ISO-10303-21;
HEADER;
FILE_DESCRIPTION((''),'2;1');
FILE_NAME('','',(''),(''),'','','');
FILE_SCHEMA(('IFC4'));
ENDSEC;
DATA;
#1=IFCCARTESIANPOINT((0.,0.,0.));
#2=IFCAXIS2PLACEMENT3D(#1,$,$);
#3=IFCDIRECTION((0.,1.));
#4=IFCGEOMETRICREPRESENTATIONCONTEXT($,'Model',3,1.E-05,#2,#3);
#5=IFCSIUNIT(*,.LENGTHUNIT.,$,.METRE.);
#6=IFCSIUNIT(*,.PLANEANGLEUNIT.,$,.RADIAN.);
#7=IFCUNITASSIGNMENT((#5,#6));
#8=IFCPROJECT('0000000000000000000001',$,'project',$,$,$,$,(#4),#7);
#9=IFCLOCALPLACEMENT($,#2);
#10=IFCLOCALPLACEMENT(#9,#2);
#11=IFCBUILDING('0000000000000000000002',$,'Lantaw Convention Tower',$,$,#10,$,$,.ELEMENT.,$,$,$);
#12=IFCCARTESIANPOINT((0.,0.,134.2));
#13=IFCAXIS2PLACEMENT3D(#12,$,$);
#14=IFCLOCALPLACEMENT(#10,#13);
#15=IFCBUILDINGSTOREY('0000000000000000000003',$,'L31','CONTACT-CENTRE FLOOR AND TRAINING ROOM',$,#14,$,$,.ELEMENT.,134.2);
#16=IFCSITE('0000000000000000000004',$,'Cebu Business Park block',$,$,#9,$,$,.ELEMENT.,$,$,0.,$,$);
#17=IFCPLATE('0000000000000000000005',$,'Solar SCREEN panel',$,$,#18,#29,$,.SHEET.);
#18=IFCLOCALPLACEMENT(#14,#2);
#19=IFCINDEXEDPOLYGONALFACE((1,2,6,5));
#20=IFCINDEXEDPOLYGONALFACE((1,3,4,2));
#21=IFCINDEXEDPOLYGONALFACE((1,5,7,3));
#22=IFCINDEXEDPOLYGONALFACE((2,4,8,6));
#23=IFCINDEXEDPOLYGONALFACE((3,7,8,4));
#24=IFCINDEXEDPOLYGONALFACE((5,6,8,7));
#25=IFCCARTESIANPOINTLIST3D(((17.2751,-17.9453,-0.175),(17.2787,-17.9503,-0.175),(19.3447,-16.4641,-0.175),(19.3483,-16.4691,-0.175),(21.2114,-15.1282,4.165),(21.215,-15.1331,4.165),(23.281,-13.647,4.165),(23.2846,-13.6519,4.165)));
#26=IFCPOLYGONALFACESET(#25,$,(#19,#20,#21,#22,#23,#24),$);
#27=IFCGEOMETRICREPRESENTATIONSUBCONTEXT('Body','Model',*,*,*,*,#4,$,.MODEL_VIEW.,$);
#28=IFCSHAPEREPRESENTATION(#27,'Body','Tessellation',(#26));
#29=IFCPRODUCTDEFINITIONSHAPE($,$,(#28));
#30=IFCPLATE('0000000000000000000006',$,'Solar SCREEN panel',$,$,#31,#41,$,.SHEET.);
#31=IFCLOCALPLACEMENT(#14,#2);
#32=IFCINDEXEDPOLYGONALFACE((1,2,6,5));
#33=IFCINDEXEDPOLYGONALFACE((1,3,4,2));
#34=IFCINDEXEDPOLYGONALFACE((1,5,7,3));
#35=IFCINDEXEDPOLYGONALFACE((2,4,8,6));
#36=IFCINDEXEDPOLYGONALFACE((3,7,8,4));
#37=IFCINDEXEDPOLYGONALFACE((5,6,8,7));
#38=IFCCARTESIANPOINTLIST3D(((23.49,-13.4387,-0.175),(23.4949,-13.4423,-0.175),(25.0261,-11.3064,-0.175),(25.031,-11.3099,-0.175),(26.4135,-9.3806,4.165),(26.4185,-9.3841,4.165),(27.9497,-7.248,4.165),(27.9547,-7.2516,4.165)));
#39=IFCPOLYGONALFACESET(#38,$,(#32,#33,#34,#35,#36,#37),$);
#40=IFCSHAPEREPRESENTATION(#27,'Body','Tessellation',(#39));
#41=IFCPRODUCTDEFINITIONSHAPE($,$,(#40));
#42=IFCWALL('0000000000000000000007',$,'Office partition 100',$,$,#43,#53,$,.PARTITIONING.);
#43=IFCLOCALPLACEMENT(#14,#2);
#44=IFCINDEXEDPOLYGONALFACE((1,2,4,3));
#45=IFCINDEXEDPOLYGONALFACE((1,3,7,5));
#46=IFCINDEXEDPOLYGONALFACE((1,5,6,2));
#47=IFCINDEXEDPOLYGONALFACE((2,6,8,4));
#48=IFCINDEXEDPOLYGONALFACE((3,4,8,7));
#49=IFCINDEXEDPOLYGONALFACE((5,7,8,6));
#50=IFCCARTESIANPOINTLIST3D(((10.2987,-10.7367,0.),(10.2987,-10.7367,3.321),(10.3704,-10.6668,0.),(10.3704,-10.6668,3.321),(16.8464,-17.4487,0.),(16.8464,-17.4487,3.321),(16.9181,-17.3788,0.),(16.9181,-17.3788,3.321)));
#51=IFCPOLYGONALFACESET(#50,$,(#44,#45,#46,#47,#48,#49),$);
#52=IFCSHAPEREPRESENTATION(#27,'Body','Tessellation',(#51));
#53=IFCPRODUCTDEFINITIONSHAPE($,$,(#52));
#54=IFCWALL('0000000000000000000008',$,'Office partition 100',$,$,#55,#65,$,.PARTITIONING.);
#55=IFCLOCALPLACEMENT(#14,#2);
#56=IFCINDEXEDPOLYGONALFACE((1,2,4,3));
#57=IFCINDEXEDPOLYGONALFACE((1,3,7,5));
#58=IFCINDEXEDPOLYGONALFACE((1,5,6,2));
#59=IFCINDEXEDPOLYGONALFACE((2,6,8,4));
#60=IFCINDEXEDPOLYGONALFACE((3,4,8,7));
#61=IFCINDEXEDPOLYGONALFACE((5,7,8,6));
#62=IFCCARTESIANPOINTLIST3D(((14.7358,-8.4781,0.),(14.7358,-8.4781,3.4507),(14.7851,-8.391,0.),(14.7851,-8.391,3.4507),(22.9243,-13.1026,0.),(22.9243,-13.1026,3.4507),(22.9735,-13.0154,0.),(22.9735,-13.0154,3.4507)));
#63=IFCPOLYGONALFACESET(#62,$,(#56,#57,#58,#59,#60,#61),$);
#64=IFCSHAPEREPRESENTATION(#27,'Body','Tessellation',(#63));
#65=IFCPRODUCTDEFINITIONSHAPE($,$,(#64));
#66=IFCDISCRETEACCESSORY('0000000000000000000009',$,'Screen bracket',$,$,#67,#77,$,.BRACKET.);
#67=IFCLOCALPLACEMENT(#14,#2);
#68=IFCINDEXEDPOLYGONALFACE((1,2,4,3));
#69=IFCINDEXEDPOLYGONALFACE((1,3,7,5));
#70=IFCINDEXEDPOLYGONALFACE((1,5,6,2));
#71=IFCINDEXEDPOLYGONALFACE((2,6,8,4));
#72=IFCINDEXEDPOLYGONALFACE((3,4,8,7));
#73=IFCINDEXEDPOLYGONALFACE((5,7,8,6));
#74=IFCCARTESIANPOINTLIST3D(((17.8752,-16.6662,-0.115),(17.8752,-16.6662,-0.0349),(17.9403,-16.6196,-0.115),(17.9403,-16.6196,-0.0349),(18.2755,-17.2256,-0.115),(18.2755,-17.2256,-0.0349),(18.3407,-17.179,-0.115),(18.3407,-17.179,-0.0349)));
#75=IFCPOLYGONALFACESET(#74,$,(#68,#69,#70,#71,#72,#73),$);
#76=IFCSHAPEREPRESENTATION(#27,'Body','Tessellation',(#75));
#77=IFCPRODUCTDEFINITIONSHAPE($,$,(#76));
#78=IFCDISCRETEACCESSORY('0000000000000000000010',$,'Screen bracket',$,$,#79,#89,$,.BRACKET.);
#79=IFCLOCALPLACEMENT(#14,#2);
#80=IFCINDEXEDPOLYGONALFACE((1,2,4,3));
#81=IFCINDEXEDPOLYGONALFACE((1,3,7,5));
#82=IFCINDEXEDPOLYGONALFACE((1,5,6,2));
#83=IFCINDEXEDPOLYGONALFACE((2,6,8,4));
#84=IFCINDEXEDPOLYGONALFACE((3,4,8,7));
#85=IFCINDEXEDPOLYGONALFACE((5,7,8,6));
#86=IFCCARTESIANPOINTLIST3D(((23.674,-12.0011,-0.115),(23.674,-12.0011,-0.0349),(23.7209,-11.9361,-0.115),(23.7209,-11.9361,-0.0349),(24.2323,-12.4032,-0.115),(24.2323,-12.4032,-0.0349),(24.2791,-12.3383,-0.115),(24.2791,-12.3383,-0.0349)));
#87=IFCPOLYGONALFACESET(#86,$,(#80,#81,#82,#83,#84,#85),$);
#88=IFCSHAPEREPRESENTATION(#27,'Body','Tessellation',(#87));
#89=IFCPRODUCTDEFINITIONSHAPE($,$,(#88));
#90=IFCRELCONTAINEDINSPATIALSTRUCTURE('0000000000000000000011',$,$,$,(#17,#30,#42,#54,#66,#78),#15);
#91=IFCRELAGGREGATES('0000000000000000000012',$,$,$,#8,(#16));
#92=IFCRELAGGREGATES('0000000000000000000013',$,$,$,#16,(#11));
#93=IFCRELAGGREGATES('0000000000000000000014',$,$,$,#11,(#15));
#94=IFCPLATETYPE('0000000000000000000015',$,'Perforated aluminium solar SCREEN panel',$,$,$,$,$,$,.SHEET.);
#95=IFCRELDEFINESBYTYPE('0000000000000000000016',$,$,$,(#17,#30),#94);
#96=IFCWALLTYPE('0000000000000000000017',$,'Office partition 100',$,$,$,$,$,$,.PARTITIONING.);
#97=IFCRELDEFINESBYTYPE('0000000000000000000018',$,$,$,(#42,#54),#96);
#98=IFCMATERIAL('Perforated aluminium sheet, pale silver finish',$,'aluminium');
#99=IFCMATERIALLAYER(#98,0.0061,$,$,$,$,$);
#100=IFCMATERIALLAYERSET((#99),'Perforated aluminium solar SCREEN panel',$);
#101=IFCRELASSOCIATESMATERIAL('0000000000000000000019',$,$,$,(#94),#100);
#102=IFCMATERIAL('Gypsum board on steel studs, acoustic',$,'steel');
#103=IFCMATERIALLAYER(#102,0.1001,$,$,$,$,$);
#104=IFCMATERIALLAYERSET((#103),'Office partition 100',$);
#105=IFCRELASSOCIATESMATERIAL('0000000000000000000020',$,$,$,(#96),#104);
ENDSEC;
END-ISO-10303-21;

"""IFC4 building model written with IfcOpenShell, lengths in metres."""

from ifc_helpers import new_model, si_unit, direction, frame, frame_2d, origin, origin_2d, place, context, subcontext, project, spatial, polyline, rectangle, outline, extrude, material, layer, layer_set, type_object, element, save


model = new_model("IFC4")

# Units and contexts
model_context = context("Model", 3, precision=1e-05, world=origin(), true_north=direction((0.0, 1.0)))
body_context = subcontext(model_context, "Body", "Model", "MODEL_VIEW")
ifc_project = project(units=[si_unit("LENGTHUNIT", "METRE"), si_unit("PLANEANGLEUNIT", "RADIAN")], contexts=[model_context])

# Site, building, storey
site_placement = place(None, origin())
site = spatial("IfcSite", under=ifc_project, at=site_placement, Name="Cebu Business Park block", CompositionType="ELEMENT", RefElevation=0.0)
building_placement = place(site_placement, origin())
building = spatial("IfcBuilding", under=site, at=building_placement, Name="Lantaw Convention Tower", CompositionType="ELEMENT")
storey_placement = place(building_placement, frame((0.0, 0.0, 134.2)))
storey = spatial("IfcBuildingStorey", under=building, at=storey_placement, Name="L31", Description="CONTACT-CENTRE FLOOR AND TRAINING ROOM", CompositionType="ELEMENT", Elevation=134.2)

# Plates
ifc_material_1 = material(Name="Perforated aluminium sheet, pale silver finish", Category="aluminium")
ifc_layer_1 = layer(ifc_material_1, 0.0061)
ifc_layer_set_1 = layer_set([ifc_layer_1], Name="Perforated aluminium solar SCREEN panel")
plate_type_1 = type_object("IfcPlateType", Name="Perforated aluminium solar SCREEN panel", PredefinedType="SHEET", material=ifc_layer_set_1)
plate_1_placement = place(storey_placement, frame((17.2751, -17.9453, -0.175), z_axis=(-0.582, 0.813189, 0.000012), x_axis=(0.813189, 0.582, 0.0)))
element("IfcPlate", 1, at=plate_1_placement, inside=storey, type_object=plate_type_1, Name="Solar SCREEN panel", PredefinedType="SHEET", context=body_context, shape_type="SweptSolid", body=[
    extrude(outline(polyline([(0.0, 0.0), (2.545, 0.0), (7.3855, -4.3401), (4.8405, -4.3401), (0.0, 0.0)])), origin(), (0.0, 0.0, -1.0), 0.0061),
])
plate_2_placement = place(storey_placement, frame((23.49, -13.4387, -0.175), z_axis=(-0.811395, 0.584498, 0.000036), x_axis=(0.584498, 0.811395, 0.0)))
element("IfcPlate", 2, at=plate_2_placement, inside=storey, type_object=plate_type_1, Name="Solar SCREEN panel", PredefinedType="SHEET", context=body_context, shape_type="SweptSolid", body=[
    extrude(outline(polyline([(0.0, 0.0), (2.628, 0.0), (7.6298, -4.3401), (5.0016, -4.3401), (0.0, 0.0)])), origin(), (0.0, 0.0, -1.0), 0.0061),
])

# Walls
ifc_material_2 = material(Name="Gypsum board on steel studs, acoustic", Category="steel")
ifc_layer_2 = layer(ifc_material_2, 0.1001)
ifc_layer_set_2 = layer_set([ifc_layer_2], Name="Office partition 100")
wall_type = type_object("IfcWallType", Name="Office partition 100", PredefinedType="PARTITIONING", material=ifc_layer_set_2)
wall_1_placement = place(storey_placement, frame((16.8823, -17.4138, 0.0), z_axis=(0.0, 0.0, 1.0), x_axis=(-0.698291, 0.715814, 0.0)))
element("IfcWall", 3, at=wall_1_placement, inside=storey, type_object=wall_type, Name="Office partition 100", PredefinedType="PARTITIONING", context=body_context, shape_type="SweptSolid", body=[
    extrude(rectangle(XDim=9.3767, YDim=0.1001, at=frame_2d((4.6885, 0.0))), origin(), (0.0, 0.0, 1.0), 3.321),
])
wall_2_placement = place(storey_placement, frame((22.949, -13.0591, 0.0), z_axis=(0.0, 0.0, 1.0), x_axis=(-0.870734, 0.491754, 0.0)))
element("IfcWall", 4, at=wall_2_placement, inside=storey, type_object=wall_type, Name="Office partition 100", PredefinedType="PARTITIONING", context=body_context, shape_type="SweptSolid", body=[
    extrude(rectangle(XDim=9.4041, YDim=0.1001, at=frame_2d((4.7021, 0.0))), origin(), (0.0, 0.0, 1.0), 3.4507),
])

# Discrete accessories
for number, where, z_axis, x_axis, name in (
    (5, (18.1079, -16.9226, -0.115), (0.0, 0.0, 1.0), (0.813208, 0.581973, 0.0), "Screen bracket"),
    (6, (23.9766, -12.1697, -0.115), (0.0, 0.0, 1.0), (0.584513, 0.811385, 0.0), "Screen bracket"),
):
    element("IfcDiscreteAccessory", number, at=place(storey_placement, frame(where, z_axis=z_axis, x_axis=x_axis)), inside=storey, Name=name, PredefinedType="BRACKET", context=body_context, shape_type="SweptSolid", body=[
        extrude(rectangle(XDim=0.0801, YDim=0.688, at=origin_2d()), origin(), (0.0, 0.0, 1.0), 0.0801),
    ])

save(model, "model.ifc")
